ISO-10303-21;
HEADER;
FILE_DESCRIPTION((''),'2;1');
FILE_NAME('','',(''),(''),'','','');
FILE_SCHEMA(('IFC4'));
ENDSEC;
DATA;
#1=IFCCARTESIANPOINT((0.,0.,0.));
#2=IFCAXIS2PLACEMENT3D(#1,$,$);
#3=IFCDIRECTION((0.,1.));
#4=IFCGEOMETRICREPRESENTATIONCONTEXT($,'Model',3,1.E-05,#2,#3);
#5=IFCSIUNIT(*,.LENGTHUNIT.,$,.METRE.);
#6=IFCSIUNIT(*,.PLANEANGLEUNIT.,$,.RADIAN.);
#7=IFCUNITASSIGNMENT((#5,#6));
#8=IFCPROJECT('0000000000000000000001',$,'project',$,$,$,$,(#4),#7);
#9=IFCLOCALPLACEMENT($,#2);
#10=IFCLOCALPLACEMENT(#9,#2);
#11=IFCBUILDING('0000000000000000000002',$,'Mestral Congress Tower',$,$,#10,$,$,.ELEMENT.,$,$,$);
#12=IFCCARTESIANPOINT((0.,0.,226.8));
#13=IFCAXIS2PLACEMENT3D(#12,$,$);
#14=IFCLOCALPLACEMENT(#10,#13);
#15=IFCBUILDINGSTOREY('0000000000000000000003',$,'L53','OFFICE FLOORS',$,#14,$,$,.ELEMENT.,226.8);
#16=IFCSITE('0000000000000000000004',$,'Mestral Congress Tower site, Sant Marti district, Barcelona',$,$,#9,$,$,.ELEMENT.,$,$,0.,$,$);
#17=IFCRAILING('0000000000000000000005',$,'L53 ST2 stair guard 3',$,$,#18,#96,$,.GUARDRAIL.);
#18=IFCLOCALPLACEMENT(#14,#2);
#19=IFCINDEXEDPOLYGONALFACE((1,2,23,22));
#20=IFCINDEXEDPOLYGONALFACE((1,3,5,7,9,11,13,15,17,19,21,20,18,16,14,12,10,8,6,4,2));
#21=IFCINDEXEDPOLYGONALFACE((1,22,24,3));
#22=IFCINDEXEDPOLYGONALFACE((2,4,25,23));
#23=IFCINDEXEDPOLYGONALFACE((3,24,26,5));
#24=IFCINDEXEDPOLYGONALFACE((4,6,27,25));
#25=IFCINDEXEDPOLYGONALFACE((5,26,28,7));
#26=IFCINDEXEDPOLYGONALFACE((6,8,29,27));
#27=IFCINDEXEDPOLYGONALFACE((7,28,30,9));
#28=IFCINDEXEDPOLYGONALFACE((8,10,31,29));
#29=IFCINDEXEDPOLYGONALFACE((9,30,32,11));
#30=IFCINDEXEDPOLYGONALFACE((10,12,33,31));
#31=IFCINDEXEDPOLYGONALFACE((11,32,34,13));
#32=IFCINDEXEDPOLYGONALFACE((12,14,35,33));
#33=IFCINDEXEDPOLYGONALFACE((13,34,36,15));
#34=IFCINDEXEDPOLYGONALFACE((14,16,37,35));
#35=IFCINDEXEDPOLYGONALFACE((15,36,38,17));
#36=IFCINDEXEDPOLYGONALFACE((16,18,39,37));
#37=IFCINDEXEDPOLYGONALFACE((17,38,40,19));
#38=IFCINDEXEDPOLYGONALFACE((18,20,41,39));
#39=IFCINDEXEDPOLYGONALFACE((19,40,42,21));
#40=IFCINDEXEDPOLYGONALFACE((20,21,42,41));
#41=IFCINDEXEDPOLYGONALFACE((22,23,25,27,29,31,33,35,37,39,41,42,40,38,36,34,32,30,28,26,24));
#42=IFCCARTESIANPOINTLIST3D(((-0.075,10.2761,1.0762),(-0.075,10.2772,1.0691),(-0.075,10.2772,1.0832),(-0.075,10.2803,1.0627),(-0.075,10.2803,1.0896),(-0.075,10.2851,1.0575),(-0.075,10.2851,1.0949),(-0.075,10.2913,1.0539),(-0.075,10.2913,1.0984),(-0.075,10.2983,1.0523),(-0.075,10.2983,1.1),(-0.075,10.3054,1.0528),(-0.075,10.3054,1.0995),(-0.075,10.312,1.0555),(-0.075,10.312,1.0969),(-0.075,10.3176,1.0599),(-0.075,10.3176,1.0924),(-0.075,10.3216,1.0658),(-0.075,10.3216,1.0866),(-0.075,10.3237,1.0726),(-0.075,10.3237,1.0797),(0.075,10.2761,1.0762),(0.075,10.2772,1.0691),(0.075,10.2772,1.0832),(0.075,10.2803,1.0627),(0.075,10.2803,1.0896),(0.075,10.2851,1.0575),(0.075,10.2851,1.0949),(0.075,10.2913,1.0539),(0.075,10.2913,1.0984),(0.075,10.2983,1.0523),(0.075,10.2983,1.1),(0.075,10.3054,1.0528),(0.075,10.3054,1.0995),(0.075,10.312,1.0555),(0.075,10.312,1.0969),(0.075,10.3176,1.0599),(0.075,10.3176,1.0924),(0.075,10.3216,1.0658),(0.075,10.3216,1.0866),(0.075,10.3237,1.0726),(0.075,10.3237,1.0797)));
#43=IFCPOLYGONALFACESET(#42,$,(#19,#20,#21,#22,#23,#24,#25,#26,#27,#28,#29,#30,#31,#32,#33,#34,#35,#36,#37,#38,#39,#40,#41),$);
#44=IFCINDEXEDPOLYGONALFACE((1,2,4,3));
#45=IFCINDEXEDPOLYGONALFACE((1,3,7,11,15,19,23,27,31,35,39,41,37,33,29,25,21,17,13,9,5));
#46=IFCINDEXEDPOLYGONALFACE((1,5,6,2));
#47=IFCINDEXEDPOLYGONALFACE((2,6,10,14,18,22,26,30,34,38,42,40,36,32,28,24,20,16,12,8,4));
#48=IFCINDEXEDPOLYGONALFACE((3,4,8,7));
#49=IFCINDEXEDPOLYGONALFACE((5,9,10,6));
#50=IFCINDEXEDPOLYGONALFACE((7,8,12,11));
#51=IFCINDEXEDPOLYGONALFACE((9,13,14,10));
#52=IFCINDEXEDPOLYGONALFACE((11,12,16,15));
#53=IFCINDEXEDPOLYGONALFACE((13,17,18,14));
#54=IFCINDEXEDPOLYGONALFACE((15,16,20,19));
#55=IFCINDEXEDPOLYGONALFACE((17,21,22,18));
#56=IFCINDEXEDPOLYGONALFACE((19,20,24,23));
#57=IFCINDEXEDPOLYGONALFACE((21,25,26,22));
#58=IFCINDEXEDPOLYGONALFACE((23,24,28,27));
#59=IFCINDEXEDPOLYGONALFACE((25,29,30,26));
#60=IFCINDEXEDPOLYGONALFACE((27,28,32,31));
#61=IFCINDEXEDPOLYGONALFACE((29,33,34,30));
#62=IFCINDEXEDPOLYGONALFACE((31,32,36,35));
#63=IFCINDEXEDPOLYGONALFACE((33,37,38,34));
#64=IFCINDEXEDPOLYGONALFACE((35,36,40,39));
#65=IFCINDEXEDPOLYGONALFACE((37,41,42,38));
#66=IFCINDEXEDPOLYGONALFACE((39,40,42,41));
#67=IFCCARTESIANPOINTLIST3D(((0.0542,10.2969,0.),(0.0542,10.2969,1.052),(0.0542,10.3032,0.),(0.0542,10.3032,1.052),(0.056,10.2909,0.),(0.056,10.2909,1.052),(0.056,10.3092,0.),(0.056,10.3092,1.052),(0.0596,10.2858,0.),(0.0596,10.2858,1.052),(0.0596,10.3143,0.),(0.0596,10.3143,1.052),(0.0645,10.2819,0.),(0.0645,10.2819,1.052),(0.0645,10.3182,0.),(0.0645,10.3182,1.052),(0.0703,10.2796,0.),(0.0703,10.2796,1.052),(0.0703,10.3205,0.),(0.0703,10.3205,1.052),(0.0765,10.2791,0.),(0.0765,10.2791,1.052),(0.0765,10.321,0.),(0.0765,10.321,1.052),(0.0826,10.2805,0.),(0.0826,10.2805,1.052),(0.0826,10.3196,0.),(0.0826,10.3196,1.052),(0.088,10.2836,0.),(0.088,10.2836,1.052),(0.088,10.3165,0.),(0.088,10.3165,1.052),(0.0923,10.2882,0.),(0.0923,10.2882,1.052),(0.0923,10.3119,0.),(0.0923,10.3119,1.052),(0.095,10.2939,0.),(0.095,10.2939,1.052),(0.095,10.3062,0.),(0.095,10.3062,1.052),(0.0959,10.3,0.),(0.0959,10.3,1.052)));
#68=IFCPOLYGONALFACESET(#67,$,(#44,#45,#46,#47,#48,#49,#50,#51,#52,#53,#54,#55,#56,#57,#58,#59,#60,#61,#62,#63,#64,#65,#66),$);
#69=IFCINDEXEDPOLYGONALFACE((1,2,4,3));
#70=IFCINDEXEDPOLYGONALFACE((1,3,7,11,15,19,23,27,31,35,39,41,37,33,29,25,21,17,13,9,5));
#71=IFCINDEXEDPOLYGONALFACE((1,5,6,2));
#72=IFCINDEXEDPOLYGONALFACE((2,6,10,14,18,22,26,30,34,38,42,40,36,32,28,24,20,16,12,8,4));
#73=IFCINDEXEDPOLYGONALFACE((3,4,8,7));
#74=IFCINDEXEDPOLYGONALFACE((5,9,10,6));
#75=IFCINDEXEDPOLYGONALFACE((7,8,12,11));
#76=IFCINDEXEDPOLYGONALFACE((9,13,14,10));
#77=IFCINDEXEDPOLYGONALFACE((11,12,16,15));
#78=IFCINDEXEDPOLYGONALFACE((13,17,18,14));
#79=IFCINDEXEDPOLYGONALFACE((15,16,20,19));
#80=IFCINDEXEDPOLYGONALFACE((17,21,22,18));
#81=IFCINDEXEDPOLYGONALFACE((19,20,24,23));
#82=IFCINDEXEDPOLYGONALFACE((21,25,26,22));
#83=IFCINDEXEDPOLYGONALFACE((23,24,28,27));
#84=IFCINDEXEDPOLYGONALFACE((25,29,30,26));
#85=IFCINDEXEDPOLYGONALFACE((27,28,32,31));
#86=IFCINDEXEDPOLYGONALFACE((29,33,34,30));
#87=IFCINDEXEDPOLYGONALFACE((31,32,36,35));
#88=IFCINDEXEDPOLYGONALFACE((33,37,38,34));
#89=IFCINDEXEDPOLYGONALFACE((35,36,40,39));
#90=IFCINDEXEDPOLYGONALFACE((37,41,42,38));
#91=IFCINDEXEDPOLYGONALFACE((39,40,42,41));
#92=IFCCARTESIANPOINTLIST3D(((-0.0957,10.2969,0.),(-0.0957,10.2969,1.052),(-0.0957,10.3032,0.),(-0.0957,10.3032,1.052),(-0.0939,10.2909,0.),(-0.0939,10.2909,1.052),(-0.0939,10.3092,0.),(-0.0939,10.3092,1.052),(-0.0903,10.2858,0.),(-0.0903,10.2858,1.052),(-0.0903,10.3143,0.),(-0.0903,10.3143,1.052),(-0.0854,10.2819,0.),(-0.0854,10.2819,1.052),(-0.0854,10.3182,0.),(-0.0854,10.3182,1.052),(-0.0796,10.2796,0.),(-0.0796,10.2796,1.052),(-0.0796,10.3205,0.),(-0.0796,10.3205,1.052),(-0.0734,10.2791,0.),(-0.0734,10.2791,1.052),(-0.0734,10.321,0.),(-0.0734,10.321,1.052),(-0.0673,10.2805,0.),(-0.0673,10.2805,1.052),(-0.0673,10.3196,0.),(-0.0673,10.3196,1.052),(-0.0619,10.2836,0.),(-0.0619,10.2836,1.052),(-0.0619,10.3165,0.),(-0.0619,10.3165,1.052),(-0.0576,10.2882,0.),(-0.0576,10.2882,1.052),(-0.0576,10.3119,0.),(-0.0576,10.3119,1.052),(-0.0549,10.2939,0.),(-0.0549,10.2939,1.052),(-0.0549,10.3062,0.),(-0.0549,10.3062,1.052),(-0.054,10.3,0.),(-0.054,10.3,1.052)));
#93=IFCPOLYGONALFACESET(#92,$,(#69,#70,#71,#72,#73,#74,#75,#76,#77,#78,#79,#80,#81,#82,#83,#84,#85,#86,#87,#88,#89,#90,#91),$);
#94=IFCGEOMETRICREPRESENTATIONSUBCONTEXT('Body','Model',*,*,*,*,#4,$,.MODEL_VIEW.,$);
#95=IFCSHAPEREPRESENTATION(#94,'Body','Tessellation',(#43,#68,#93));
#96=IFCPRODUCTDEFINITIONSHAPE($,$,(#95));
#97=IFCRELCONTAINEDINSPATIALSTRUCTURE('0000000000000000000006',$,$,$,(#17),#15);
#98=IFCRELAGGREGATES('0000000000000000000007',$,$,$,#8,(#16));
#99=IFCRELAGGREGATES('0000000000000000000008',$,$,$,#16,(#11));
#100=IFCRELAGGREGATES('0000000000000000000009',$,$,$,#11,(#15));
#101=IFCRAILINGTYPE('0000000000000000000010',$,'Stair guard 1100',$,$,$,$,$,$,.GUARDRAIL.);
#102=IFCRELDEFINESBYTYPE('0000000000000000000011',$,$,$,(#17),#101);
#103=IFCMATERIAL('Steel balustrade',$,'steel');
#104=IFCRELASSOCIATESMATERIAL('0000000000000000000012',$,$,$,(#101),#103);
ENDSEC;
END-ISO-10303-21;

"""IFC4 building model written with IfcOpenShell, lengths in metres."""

from ifc_helpers import new_model, si_unit, direction, frame, origin, origin_2d, place, context, subcontext, project, spatial, circle, extrude, material, type_object, element, save


model = new_model("IFC4")

# Units and contexts
model_context = context("Model", 3, precision=1e-05, world=origin(), true_north=direction((0.0, 1.0)))
body_context = subcontext(model_context, "Body", "Model", "MODEL_VIEW")
ifc_project = project(units=[si_unit("LENGTHUNIT", "METRE"), si_unit("PLANEANGLEUNIT", "RADIAN")], contexts=[model_context])

# Site, building, storey
site_placement = place(None, origin())
site = spatial("IfcSite", under=ifc_project, at=site_placement, Name="Mestral Congress Tower site, Sant Marti district, Barcelona", CompositionType="ELEMENT", RefElevation=0.0)
building_placement = place(site_placement, origin())
building = spatial("IfcBuilding", under=site, at=building_placement, Name="Mestral Congress Tower", CompositionType="ELEMENT")
storey_placement = place(building_placement, frame((0.0, 0.0, 226.8)))
storey = spatial("IfcBuildingStorey", under=building, at=storey_placement, Name="L53", Description="OFFICE FLOORS", CompositionType="ELEMENT", Elevation=226.8)

# Railing
ifc_material_1 = material(Name="Steel balustrade", Category="steel")
railing_type_1 = type_object("IfcRailingType", Name="Stair guard 1100", PredefinedType="GUARDRAIL", material=ifc_material_1)
railing_1_placement = place(storey_placement, frame((0.075, 10.3, 0.0)))
element("IfcRailing", 1, at=railing_1_placement, inside=storey, type_object=railing_type_1, Name="L53 ST2 stair guard 3", PredefinedType="GUARDRAIL", context=body_context, shape_type="SweptSolid", body=[
    extrude(circle(Radius=0.0239, at=origin_2d()), frame((0.0, 0.0, 1.0762), z_axis=(-1.0, 0.0, 0.0), x_axis=(0.0, -1.0, 0.0)), (0.0, 0.0, 1.0), 0.1499),
    extrude(circle(Radius=0.021, at=origin_2d()), origin(), (0.0, 0.0, 1.0), 1.052),
    extrude(circle(Radius=0.021, at=origin_2d()), frame((-0.1499, 0.0, 0.0)), (0.0, 0.0, 1.0), 1.052),
])

save(model, "model.ifc")
